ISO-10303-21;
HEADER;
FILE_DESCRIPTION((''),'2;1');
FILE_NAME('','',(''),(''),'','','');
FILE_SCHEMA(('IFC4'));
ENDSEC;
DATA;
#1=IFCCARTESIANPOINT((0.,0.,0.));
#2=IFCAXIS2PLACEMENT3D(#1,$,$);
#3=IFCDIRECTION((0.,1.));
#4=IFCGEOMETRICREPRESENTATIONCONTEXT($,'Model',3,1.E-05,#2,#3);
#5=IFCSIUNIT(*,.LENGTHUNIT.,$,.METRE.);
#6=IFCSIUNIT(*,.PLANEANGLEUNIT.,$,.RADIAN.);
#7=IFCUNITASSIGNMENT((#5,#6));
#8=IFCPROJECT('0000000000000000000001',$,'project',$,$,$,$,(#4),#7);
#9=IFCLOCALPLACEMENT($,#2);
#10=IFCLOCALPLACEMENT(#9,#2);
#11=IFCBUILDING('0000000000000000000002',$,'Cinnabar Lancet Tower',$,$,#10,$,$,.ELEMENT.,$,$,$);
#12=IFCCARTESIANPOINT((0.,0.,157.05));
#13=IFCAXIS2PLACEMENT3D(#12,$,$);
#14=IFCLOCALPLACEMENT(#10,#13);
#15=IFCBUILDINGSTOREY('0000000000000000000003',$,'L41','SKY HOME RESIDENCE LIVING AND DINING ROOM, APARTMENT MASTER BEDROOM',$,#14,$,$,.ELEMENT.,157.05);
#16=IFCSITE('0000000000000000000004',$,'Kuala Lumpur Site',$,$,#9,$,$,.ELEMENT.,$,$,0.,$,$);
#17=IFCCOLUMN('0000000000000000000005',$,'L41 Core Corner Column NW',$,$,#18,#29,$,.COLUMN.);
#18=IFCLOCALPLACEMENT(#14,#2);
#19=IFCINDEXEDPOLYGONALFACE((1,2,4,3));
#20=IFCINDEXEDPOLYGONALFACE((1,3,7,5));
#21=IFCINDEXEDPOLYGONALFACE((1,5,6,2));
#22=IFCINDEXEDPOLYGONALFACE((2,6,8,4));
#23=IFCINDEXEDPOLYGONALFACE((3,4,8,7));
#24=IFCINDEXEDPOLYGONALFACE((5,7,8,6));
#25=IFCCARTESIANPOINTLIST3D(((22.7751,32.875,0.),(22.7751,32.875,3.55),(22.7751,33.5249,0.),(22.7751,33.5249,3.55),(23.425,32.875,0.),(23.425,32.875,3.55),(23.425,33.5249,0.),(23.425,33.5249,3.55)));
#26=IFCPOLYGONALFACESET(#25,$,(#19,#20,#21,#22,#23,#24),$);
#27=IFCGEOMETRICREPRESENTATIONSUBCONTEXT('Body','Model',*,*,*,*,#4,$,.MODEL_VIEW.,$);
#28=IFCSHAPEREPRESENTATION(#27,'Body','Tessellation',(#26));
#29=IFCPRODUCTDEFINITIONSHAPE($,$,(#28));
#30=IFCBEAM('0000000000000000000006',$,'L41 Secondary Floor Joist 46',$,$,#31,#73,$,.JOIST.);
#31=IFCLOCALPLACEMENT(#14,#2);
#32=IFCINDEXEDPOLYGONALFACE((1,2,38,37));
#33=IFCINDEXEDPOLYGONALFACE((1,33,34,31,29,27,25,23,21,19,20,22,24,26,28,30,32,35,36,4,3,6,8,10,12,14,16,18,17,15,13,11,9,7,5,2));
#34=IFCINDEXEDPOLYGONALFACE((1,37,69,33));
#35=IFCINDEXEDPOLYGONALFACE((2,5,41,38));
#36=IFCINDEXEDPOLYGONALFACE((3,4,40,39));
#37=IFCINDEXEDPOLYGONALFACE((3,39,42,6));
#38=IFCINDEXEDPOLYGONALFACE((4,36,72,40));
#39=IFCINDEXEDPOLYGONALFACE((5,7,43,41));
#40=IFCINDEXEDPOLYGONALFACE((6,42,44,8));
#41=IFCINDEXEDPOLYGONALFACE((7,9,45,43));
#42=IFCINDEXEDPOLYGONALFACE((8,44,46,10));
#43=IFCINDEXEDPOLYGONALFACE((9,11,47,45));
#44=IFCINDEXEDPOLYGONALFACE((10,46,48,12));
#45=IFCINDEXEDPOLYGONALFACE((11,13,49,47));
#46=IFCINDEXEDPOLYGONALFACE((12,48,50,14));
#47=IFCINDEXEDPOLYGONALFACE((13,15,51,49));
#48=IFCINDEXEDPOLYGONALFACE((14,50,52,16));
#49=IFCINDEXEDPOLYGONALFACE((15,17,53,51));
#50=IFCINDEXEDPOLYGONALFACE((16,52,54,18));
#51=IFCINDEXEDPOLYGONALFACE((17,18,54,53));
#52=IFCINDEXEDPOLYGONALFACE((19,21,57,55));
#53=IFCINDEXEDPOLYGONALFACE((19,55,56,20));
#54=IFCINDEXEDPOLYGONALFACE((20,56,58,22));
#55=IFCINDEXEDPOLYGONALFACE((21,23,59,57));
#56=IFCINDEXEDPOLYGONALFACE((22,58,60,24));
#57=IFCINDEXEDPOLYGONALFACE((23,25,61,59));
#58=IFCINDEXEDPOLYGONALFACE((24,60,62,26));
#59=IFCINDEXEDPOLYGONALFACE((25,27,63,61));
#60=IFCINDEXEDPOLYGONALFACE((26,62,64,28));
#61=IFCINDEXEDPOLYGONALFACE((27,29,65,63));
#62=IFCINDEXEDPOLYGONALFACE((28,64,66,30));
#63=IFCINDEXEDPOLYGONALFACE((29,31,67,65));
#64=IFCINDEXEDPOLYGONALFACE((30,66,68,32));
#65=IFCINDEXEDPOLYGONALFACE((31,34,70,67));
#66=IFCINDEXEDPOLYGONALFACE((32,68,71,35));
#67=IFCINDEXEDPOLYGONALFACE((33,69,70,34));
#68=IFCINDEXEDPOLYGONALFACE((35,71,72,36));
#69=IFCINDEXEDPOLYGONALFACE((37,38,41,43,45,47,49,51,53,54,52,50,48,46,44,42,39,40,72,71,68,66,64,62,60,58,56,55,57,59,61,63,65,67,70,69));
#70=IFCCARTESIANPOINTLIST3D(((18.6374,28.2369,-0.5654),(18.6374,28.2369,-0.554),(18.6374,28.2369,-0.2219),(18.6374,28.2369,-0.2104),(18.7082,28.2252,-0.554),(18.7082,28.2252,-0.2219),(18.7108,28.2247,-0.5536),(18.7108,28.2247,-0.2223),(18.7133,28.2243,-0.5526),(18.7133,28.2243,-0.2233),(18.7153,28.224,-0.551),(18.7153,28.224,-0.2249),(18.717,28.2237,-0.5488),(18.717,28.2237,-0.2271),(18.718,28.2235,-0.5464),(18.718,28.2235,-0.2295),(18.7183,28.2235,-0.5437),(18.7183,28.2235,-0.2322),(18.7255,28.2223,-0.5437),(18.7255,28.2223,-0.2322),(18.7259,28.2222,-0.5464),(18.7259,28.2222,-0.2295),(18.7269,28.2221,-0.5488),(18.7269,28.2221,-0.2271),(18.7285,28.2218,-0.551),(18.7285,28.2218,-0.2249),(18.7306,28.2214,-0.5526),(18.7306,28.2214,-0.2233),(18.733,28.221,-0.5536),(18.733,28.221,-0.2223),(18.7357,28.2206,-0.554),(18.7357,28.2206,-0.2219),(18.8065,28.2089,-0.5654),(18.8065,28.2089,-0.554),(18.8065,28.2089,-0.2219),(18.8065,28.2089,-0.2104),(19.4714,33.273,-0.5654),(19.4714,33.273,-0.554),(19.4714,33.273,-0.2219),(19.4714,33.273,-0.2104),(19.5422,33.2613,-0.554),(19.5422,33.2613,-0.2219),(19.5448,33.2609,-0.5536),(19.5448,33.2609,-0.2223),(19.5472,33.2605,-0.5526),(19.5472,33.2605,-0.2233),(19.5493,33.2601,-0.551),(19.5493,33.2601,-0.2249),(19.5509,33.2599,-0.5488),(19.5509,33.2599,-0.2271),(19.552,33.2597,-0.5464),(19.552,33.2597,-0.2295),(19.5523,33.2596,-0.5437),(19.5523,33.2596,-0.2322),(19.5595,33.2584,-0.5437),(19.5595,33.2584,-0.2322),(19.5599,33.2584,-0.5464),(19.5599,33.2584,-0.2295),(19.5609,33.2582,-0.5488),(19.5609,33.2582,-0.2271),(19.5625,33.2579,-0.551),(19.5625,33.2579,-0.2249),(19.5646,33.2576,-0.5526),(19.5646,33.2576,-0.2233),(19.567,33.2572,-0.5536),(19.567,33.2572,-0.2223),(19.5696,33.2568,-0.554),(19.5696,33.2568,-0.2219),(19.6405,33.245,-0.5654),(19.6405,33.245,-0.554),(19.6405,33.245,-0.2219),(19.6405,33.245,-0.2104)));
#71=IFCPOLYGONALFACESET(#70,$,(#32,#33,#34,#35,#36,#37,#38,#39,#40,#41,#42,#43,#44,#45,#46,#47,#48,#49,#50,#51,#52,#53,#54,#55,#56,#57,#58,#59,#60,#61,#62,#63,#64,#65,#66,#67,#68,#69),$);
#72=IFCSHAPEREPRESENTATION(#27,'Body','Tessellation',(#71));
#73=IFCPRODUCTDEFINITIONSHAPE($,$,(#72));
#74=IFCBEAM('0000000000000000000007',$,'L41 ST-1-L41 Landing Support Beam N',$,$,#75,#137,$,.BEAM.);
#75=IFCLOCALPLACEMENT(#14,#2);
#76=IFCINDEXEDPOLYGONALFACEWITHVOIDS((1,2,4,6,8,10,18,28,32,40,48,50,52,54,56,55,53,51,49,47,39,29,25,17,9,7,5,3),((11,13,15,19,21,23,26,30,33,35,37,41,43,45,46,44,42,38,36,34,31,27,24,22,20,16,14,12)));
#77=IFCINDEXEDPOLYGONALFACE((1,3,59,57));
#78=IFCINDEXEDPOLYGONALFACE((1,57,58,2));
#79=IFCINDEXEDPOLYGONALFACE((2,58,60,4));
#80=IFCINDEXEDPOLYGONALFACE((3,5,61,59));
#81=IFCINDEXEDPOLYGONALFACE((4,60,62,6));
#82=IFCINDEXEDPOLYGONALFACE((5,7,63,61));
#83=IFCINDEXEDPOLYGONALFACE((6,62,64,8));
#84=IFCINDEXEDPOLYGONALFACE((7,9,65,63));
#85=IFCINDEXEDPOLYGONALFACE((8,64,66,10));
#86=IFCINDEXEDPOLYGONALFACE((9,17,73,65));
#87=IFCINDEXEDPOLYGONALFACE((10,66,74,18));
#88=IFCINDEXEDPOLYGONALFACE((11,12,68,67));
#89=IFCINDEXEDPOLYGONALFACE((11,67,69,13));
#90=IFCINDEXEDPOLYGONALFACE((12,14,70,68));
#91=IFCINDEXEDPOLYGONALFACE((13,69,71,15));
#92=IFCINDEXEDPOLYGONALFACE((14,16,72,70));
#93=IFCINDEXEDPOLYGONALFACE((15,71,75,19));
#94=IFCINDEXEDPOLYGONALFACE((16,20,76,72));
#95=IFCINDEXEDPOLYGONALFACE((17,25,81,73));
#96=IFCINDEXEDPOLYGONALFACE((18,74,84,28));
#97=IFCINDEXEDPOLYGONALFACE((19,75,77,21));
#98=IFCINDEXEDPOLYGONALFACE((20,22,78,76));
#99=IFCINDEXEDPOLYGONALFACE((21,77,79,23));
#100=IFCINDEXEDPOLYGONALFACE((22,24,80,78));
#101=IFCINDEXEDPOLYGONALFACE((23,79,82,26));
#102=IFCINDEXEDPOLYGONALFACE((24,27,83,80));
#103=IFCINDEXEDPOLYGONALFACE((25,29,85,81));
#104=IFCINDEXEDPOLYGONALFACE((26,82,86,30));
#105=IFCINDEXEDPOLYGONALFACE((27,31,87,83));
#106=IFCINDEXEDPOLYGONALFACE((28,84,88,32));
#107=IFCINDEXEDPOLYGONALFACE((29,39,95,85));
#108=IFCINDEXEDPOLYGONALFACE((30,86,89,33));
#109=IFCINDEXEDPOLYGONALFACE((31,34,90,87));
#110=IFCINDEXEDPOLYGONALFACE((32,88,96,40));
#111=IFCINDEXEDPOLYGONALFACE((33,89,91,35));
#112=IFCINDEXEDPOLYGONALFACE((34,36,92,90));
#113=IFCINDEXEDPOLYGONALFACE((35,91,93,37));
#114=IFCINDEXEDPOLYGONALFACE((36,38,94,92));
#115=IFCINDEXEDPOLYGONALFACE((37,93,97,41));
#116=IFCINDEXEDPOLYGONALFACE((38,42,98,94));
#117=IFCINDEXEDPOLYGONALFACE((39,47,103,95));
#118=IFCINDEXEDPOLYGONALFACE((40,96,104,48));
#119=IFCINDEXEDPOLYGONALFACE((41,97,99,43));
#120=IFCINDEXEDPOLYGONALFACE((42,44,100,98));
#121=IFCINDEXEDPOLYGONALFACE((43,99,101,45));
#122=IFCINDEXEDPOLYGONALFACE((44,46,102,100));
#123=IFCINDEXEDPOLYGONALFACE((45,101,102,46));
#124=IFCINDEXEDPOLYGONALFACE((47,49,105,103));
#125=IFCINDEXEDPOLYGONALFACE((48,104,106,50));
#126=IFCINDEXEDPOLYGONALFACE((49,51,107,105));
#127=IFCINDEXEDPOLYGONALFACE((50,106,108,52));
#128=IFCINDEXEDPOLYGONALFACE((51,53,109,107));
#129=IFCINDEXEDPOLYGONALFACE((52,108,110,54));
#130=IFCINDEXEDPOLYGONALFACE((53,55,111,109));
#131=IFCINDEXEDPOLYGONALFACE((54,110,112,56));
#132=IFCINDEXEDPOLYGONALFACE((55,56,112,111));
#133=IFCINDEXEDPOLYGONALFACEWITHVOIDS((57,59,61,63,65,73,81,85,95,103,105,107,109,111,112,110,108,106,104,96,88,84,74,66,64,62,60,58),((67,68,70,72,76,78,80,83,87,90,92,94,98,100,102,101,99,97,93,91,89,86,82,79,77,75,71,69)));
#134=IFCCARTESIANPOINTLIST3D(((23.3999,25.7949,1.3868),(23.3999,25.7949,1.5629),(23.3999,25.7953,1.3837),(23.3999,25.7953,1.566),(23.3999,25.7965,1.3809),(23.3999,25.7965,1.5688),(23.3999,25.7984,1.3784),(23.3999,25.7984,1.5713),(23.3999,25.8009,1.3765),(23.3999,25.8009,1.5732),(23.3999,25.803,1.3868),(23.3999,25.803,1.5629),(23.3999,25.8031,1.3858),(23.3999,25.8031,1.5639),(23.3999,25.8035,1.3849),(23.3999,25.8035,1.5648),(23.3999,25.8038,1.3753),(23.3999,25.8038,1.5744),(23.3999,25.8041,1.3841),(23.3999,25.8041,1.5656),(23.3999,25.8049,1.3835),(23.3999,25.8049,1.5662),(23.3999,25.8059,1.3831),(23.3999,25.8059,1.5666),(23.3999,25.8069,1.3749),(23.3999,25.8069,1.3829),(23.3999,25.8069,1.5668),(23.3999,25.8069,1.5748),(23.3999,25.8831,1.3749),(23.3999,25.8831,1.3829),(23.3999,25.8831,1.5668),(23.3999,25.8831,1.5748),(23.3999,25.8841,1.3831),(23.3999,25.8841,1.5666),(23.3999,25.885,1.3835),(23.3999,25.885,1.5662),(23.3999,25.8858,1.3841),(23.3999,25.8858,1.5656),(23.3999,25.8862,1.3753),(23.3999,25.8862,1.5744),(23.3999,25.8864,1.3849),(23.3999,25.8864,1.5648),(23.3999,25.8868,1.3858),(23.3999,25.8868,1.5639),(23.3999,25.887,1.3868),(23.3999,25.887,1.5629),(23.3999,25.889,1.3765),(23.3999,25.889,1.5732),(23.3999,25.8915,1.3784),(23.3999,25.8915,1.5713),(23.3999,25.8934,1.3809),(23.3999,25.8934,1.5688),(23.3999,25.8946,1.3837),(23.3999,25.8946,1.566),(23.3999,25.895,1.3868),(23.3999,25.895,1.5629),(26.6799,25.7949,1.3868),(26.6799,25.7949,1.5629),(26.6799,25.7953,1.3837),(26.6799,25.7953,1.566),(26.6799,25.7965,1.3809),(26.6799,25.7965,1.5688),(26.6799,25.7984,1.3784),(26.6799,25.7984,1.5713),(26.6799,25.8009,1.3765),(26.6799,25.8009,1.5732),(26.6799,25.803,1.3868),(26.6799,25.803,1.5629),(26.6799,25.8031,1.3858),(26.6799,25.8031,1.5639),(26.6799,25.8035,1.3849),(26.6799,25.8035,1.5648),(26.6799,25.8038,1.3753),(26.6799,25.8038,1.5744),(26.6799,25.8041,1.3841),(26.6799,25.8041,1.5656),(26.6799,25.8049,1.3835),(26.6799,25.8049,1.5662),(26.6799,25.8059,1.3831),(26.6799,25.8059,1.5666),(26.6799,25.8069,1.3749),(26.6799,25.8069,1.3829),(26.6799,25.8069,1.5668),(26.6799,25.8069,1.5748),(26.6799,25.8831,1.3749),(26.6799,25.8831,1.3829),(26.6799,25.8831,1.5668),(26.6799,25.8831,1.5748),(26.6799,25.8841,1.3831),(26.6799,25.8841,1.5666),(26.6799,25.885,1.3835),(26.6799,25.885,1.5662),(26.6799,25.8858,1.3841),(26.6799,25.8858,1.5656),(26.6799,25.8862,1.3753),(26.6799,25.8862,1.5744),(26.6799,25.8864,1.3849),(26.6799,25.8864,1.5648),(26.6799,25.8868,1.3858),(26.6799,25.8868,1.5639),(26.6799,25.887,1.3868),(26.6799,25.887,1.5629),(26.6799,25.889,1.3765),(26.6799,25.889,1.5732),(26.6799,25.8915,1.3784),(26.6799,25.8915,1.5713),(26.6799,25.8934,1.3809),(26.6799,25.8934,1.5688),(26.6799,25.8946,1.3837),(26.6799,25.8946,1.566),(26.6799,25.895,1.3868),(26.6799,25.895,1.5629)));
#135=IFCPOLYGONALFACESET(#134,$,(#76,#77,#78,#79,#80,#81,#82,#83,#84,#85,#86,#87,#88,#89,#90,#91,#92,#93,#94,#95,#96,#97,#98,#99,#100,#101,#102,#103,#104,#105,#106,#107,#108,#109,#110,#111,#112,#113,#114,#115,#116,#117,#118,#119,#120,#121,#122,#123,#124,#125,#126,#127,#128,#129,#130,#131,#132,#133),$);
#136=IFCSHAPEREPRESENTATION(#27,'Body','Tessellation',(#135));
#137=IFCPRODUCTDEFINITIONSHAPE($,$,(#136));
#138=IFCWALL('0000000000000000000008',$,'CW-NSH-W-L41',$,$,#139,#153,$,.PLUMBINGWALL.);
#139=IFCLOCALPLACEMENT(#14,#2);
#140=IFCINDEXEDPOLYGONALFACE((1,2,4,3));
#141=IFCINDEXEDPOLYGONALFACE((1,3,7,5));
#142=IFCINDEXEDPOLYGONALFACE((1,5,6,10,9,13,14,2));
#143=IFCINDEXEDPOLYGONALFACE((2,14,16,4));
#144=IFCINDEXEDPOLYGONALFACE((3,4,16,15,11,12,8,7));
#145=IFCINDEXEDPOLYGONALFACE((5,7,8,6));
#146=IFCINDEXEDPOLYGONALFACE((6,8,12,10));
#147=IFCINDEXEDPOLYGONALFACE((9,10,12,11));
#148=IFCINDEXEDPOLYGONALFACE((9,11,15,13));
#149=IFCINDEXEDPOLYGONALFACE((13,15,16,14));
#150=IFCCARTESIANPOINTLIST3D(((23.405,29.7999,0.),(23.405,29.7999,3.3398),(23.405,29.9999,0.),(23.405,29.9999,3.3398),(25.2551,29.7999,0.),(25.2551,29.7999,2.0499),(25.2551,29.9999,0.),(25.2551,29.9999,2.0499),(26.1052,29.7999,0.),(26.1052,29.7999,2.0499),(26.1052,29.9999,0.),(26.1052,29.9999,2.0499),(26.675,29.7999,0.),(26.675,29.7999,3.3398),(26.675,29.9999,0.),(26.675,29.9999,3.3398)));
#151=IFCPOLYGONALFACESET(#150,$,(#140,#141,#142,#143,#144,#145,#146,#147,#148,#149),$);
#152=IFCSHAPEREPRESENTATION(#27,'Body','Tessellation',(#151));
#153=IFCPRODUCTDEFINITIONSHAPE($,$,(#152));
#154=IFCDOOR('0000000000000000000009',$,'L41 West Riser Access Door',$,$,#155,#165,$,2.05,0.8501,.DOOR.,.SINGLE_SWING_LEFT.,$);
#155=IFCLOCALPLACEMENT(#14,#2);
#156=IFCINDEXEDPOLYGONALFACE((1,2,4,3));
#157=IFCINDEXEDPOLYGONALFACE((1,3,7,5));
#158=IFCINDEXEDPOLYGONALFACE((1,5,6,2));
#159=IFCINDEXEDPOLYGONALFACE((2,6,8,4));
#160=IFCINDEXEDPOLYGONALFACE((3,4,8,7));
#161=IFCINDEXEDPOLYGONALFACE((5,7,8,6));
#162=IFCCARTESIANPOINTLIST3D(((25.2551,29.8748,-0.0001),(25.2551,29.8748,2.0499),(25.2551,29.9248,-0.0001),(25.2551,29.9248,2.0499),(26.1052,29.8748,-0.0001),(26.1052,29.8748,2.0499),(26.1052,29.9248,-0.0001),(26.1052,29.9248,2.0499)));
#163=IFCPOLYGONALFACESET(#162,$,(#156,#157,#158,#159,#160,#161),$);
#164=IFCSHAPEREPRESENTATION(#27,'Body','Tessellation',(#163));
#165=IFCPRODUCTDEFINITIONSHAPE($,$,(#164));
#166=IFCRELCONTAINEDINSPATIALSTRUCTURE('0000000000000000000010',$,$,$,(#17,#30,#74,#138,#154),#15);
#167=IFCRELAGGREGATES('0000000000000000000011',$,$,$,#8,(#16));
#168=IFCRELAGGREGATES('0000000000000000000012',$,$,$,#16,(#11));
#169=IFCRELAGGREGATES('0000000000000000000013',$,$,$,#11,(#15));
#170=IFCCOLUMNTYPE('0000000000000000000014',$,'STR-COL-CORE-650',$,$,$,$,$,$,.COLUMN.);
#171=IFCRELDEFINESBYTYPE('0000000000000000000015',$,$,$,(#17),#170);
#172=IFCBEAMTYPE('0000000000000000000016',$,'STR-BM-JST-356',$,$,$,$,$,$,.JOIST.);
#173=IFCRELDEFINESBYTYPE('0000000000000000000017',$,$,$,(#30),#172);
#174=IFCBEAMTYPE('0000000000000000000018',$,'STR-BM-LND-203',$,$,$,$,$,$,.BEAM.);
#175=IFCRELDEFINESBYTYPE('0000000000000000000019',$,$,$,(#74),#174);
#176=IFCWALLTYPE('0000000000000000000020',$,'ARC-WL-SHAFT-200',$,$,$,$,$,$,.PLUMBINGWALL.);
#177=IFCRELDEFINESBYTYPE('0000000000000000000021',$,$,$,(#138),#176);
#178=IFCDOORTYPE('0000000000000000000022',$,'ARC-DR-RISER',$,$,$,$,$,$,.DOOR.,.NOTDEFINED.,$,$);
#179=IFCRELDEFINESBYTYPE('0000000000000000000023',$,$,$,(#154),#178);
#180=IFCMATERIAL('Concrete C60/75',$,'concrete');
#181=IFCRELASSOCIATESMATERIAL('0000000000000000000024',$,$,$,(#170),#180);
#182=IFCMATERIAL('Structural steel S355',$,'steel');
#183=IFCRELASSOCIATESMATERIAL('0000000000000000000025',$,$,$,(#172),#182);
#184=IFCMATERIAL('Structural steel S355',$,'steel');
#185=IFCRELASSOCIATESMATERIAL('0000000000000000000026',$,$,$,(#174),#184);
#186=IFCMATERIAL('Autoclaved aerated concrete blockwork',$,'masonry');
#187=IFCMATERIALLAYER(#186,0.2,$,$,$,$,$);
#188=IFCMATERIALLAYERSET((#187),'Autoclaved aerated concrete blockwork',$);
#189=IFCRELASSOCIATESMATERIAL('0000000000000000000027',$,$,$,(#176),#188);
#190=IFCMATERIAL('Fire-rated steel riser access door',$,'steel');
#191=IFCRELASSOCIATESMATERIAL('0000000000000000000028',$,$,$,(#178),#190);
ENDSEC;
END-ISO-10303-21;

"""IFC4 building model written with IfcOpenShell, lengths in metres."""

from ifc_helpers import new_model, si_unit, direction, frame, frame_2d, origin, origin_2d, place, context, subcontext, project, spatial, rectangle, hollow_rectangle, i_section, extrude, material, layer, layer_set, material_profile, profile_set, type_object, element, fill, save


model = new_model("IFC4")

# Units and contexts
model_context = context("Model", 3, precision=1e-05, world=origin(), true_north=direction((0.0, 1.0)))
body_context = subcontext(model_context, "Body", "Model", "MODEL_VIEW")
ifc_project = project(units=[si_unit("LENGTHUNIT", "METRE"), si_unit("PLANEANGLEUNIT", "RADIAN")], contexts=[model_context])

# Site, building, storey
site_placement = place(None, origin())
site = spatial("IfcSite", under=ifc_project, at=site_placement, Name="Kuala Lumpur Site", CompositionType="ELEMENT", RefElevation=0.0)
building_placement = place(site_placement, origin())
building = spatial("IfcBuilding", under=site, at=building_placement, Name="Cinnabar Lancet Tower", CompositionType="ELEMENT")
storey_placement = place(building_placement, frame((0.0, 0.0, 157.05)))
storey = spatial("IfcBuildingStorey", under=building, at=storey_placement, Name="L41", Description="SKY HOME RESIDENCE LIVING AND DINING ROOM, APARTMENT MASTER BEDROOM", CompositionType="ELEMENT", Elevation=157.05)

# Column
ifc_material_1 = material(Name="Concrete C60/75", Category="concrete")
ifc_material_profile_1 = material_profile(ifc_material_1, rectangle(XDim=0.6499, YDim=0.6499, at=origin_2d()), Name="RC-COL 650x650")
ifc_profile_set_1 = profile_set([ifc_material_profile_1], Name="Concrete C60/75")
column_type = type_object("IfcColumnType", Name="STR-COL-CORE-650", PredefinedType="COLUMN", material=ifc_profile_set_1)
column_placement = place(storey_placement, frame((23.1001, 33.2, 0.0), z_axis=(0.0, 0.0, 1.0), x_axis=(1.0, 0.0, 0.0)))
element("IfcColumn", 1, at=column_placement, inside=storey, type_object=column_type, Name="L41 Core Corner Column NW", PredefinedType="COLUMN", context=body_context, shape_type="SweptSolid", body=[
    extrude(rectangle(XDim=0.6499, YDim=0.6499, at=origin_2d()), origin(), (0.0, 0.0, 1.0), 3.55),
])

# Beams
ifc_material_2 = material(Name="Structural steel S355", Category="steel")
ifc_material_profile_2 = material_profile(ifc_material_2, i_section(OverallWidth=0.1714, OverallDepth=0.355, WebThickness=0.0073, FlangeThickness=0.0115, FilletRadius=0.0103, at=origin_2d()), Name="UKB 356x171x51")
ifc_profile_set_2 = profile_set([ifc_material_profile_2], Name="Structural steel S355")
beam_type_1 = type_object("IfcBeamType", Name="STR-BM-JST-356", PredefinedType="JOIST", material=ifc_profile_set_2)
beam_1_placement = place(storey_placement, frame((19.5559, 33.259, -0.3879), z_axis=(-0.163375, -0.986564, 0.0), x_axis=(0.986564, -0.163375, 0.0)))
element("IfcBeam", 2, at=beam_1_placement, inside=storey, type_object=beam_type_1, Name="L41 Secondary Floor Joist 46", PredefinedType="JOIST", context=body_context, shape_type="SweptSolid", body=[
    extrude(i_section(OverallWidth=0.1714, OverallDepth=0.355, WebThickness=0.0073, FlangeThickness=0.0115, FilletRadius=0.0103, at=origin_2d()), origin(), (0.0, 0.0, 1.0), 5.1047),
])
ifc_material_3 = material(Name="Structural steel S355", Category="steel")
ifc_material_profile_3 = material_profile(ifc_material_3, hollow_rectangle(XDim=0.1001, YDim=0.2, WallThickness=0.0081, InnerFilletRadius=0.0039, OuterFilletRadius=0.012, at=origin_2d()), Name="RHS 200x100x8")
ifc_profile_set_3 = profile_set([ifc_material_profile_3], Name="Structural steel S355")
beam_type_2 = type_object("IfcBeamType", Name="STR-BM-LND-203", PredefinedType="BEAM", material=ifc_profile_set_3)
beam_2_placement = place(storey_placement, frame((23.3999, 25.845, 1.4749), z_axis=(1.0, 0.0, 0.0), x_axis=(0.0, 1.0, 0.0)))
element("IfcBeam", 3, at=beam_2_placement, inside=storey, type_object=beam_type_2, Name="L41 ST-1-L41 Landing Support Beam N", PredefinedType="BEAM", context=body_context, shape_type="SweptSolid", body=[
    extrude(hollow_rectangle(XDim=0.1001, YDim=0.2, WallThickness=0.0081, InnerFilletRadius=0.0039, OuterFilletRadius=0.012, at=origin_2d()), origin(), (0.0, 0.0, 1.0), 3.28),
])

# Wall, opening, door
ifc_material_4 = material(Name="Autoclaved aerated concrete blockwork", Category="masonry")
ifc_layer_1 = layer(ifc_material_4, 0.2)
ifc_layer_set_1 = layer_set([ifc_layer_1], Name="Autoclaved aerated concrete blockwork")
wall_type_1 = type_object("IfcWallType", Name="ARC-WL-SHAFT-200", PredefinedType="PLUMBINGWALL", material=ifc_layer_set_1)
wall_1_placement = place(storey_placement, frame((23.405, 29.8999, 0.0), z_axis=(0.0, 0.0, 1.0), x_axis=(1.0, 0.0, 0.0)))
wall_1 = element("IfcWall", 4, at=wall_1_placement, inside=storey, type_object=wall_type_1, Name="CW-NSH-W-L41", PredefinedType="PLUMBINGWALL", context=body_context, shape_type="SweptSolid", body=[
    extrude(rectangle(XDim=3.27, YDim=0.2, at=frame_2d((1.635, 0.0))), origin(), (0.0, 0.0, 1.0), 3.3398),
])
opening_1_placement = place(wall_1_placement, frame((1.8501, 0.0, 0.0)))
opening_1 = element("IfcOpeningElement", 5, at=opening_1_placement, cuts=wall_1, PredefinedType="OPENING", context=body_context, shape_type="SweptSolid", body=[
    extrude(rectangle(XDim=0.8501, YDim=2.05, at=frame_2d((0.425, 1.0249))), frame((0.0, 0.1099, 0.0), z_axis=(0.0, -1.0, 0.0), x_axis=(1.0, 0.0, 0.0)), (0.0, 0.0, 1.0), 0.22),
])
ifc_material_5 = material(Name="Fire-rated steel riser access door", Category="steel")
door_type_1 = type_object("IfcDoorType", Name="ARC-DR-RISER", OperationType="NOTDEFINED", PredefinedType="DOOR", material=ifc_material_5)
door_1_placement = place(opening_1_placement, origin())
door_1 = element("IfcDoor", 6, at=door_1_placement, inside=storey, type_object=door_type_1, Name="L41 West Riser Access Door", OperationType="SINGLE_SWING_LEFT", OverallHeight=2.05, OverallWidth=0.8501, PredefinedType="DOOR", context=body_context, shape_type="SweptSolid", body=[
    extrude(rectangle(XDim=0.8501, YDim=2.05, at=frame_2d((0.425, 1.0249))), frame((0.0, 0.0249, 0.0), z_axis=(0.0, -1.0, 0.0), x_axis=(1.0, 0.0, 0.0)), (0.0, 0.0, 1.0), 0.05),
])
fill(opening_1, door_1)

save(model, "model.ifc")
